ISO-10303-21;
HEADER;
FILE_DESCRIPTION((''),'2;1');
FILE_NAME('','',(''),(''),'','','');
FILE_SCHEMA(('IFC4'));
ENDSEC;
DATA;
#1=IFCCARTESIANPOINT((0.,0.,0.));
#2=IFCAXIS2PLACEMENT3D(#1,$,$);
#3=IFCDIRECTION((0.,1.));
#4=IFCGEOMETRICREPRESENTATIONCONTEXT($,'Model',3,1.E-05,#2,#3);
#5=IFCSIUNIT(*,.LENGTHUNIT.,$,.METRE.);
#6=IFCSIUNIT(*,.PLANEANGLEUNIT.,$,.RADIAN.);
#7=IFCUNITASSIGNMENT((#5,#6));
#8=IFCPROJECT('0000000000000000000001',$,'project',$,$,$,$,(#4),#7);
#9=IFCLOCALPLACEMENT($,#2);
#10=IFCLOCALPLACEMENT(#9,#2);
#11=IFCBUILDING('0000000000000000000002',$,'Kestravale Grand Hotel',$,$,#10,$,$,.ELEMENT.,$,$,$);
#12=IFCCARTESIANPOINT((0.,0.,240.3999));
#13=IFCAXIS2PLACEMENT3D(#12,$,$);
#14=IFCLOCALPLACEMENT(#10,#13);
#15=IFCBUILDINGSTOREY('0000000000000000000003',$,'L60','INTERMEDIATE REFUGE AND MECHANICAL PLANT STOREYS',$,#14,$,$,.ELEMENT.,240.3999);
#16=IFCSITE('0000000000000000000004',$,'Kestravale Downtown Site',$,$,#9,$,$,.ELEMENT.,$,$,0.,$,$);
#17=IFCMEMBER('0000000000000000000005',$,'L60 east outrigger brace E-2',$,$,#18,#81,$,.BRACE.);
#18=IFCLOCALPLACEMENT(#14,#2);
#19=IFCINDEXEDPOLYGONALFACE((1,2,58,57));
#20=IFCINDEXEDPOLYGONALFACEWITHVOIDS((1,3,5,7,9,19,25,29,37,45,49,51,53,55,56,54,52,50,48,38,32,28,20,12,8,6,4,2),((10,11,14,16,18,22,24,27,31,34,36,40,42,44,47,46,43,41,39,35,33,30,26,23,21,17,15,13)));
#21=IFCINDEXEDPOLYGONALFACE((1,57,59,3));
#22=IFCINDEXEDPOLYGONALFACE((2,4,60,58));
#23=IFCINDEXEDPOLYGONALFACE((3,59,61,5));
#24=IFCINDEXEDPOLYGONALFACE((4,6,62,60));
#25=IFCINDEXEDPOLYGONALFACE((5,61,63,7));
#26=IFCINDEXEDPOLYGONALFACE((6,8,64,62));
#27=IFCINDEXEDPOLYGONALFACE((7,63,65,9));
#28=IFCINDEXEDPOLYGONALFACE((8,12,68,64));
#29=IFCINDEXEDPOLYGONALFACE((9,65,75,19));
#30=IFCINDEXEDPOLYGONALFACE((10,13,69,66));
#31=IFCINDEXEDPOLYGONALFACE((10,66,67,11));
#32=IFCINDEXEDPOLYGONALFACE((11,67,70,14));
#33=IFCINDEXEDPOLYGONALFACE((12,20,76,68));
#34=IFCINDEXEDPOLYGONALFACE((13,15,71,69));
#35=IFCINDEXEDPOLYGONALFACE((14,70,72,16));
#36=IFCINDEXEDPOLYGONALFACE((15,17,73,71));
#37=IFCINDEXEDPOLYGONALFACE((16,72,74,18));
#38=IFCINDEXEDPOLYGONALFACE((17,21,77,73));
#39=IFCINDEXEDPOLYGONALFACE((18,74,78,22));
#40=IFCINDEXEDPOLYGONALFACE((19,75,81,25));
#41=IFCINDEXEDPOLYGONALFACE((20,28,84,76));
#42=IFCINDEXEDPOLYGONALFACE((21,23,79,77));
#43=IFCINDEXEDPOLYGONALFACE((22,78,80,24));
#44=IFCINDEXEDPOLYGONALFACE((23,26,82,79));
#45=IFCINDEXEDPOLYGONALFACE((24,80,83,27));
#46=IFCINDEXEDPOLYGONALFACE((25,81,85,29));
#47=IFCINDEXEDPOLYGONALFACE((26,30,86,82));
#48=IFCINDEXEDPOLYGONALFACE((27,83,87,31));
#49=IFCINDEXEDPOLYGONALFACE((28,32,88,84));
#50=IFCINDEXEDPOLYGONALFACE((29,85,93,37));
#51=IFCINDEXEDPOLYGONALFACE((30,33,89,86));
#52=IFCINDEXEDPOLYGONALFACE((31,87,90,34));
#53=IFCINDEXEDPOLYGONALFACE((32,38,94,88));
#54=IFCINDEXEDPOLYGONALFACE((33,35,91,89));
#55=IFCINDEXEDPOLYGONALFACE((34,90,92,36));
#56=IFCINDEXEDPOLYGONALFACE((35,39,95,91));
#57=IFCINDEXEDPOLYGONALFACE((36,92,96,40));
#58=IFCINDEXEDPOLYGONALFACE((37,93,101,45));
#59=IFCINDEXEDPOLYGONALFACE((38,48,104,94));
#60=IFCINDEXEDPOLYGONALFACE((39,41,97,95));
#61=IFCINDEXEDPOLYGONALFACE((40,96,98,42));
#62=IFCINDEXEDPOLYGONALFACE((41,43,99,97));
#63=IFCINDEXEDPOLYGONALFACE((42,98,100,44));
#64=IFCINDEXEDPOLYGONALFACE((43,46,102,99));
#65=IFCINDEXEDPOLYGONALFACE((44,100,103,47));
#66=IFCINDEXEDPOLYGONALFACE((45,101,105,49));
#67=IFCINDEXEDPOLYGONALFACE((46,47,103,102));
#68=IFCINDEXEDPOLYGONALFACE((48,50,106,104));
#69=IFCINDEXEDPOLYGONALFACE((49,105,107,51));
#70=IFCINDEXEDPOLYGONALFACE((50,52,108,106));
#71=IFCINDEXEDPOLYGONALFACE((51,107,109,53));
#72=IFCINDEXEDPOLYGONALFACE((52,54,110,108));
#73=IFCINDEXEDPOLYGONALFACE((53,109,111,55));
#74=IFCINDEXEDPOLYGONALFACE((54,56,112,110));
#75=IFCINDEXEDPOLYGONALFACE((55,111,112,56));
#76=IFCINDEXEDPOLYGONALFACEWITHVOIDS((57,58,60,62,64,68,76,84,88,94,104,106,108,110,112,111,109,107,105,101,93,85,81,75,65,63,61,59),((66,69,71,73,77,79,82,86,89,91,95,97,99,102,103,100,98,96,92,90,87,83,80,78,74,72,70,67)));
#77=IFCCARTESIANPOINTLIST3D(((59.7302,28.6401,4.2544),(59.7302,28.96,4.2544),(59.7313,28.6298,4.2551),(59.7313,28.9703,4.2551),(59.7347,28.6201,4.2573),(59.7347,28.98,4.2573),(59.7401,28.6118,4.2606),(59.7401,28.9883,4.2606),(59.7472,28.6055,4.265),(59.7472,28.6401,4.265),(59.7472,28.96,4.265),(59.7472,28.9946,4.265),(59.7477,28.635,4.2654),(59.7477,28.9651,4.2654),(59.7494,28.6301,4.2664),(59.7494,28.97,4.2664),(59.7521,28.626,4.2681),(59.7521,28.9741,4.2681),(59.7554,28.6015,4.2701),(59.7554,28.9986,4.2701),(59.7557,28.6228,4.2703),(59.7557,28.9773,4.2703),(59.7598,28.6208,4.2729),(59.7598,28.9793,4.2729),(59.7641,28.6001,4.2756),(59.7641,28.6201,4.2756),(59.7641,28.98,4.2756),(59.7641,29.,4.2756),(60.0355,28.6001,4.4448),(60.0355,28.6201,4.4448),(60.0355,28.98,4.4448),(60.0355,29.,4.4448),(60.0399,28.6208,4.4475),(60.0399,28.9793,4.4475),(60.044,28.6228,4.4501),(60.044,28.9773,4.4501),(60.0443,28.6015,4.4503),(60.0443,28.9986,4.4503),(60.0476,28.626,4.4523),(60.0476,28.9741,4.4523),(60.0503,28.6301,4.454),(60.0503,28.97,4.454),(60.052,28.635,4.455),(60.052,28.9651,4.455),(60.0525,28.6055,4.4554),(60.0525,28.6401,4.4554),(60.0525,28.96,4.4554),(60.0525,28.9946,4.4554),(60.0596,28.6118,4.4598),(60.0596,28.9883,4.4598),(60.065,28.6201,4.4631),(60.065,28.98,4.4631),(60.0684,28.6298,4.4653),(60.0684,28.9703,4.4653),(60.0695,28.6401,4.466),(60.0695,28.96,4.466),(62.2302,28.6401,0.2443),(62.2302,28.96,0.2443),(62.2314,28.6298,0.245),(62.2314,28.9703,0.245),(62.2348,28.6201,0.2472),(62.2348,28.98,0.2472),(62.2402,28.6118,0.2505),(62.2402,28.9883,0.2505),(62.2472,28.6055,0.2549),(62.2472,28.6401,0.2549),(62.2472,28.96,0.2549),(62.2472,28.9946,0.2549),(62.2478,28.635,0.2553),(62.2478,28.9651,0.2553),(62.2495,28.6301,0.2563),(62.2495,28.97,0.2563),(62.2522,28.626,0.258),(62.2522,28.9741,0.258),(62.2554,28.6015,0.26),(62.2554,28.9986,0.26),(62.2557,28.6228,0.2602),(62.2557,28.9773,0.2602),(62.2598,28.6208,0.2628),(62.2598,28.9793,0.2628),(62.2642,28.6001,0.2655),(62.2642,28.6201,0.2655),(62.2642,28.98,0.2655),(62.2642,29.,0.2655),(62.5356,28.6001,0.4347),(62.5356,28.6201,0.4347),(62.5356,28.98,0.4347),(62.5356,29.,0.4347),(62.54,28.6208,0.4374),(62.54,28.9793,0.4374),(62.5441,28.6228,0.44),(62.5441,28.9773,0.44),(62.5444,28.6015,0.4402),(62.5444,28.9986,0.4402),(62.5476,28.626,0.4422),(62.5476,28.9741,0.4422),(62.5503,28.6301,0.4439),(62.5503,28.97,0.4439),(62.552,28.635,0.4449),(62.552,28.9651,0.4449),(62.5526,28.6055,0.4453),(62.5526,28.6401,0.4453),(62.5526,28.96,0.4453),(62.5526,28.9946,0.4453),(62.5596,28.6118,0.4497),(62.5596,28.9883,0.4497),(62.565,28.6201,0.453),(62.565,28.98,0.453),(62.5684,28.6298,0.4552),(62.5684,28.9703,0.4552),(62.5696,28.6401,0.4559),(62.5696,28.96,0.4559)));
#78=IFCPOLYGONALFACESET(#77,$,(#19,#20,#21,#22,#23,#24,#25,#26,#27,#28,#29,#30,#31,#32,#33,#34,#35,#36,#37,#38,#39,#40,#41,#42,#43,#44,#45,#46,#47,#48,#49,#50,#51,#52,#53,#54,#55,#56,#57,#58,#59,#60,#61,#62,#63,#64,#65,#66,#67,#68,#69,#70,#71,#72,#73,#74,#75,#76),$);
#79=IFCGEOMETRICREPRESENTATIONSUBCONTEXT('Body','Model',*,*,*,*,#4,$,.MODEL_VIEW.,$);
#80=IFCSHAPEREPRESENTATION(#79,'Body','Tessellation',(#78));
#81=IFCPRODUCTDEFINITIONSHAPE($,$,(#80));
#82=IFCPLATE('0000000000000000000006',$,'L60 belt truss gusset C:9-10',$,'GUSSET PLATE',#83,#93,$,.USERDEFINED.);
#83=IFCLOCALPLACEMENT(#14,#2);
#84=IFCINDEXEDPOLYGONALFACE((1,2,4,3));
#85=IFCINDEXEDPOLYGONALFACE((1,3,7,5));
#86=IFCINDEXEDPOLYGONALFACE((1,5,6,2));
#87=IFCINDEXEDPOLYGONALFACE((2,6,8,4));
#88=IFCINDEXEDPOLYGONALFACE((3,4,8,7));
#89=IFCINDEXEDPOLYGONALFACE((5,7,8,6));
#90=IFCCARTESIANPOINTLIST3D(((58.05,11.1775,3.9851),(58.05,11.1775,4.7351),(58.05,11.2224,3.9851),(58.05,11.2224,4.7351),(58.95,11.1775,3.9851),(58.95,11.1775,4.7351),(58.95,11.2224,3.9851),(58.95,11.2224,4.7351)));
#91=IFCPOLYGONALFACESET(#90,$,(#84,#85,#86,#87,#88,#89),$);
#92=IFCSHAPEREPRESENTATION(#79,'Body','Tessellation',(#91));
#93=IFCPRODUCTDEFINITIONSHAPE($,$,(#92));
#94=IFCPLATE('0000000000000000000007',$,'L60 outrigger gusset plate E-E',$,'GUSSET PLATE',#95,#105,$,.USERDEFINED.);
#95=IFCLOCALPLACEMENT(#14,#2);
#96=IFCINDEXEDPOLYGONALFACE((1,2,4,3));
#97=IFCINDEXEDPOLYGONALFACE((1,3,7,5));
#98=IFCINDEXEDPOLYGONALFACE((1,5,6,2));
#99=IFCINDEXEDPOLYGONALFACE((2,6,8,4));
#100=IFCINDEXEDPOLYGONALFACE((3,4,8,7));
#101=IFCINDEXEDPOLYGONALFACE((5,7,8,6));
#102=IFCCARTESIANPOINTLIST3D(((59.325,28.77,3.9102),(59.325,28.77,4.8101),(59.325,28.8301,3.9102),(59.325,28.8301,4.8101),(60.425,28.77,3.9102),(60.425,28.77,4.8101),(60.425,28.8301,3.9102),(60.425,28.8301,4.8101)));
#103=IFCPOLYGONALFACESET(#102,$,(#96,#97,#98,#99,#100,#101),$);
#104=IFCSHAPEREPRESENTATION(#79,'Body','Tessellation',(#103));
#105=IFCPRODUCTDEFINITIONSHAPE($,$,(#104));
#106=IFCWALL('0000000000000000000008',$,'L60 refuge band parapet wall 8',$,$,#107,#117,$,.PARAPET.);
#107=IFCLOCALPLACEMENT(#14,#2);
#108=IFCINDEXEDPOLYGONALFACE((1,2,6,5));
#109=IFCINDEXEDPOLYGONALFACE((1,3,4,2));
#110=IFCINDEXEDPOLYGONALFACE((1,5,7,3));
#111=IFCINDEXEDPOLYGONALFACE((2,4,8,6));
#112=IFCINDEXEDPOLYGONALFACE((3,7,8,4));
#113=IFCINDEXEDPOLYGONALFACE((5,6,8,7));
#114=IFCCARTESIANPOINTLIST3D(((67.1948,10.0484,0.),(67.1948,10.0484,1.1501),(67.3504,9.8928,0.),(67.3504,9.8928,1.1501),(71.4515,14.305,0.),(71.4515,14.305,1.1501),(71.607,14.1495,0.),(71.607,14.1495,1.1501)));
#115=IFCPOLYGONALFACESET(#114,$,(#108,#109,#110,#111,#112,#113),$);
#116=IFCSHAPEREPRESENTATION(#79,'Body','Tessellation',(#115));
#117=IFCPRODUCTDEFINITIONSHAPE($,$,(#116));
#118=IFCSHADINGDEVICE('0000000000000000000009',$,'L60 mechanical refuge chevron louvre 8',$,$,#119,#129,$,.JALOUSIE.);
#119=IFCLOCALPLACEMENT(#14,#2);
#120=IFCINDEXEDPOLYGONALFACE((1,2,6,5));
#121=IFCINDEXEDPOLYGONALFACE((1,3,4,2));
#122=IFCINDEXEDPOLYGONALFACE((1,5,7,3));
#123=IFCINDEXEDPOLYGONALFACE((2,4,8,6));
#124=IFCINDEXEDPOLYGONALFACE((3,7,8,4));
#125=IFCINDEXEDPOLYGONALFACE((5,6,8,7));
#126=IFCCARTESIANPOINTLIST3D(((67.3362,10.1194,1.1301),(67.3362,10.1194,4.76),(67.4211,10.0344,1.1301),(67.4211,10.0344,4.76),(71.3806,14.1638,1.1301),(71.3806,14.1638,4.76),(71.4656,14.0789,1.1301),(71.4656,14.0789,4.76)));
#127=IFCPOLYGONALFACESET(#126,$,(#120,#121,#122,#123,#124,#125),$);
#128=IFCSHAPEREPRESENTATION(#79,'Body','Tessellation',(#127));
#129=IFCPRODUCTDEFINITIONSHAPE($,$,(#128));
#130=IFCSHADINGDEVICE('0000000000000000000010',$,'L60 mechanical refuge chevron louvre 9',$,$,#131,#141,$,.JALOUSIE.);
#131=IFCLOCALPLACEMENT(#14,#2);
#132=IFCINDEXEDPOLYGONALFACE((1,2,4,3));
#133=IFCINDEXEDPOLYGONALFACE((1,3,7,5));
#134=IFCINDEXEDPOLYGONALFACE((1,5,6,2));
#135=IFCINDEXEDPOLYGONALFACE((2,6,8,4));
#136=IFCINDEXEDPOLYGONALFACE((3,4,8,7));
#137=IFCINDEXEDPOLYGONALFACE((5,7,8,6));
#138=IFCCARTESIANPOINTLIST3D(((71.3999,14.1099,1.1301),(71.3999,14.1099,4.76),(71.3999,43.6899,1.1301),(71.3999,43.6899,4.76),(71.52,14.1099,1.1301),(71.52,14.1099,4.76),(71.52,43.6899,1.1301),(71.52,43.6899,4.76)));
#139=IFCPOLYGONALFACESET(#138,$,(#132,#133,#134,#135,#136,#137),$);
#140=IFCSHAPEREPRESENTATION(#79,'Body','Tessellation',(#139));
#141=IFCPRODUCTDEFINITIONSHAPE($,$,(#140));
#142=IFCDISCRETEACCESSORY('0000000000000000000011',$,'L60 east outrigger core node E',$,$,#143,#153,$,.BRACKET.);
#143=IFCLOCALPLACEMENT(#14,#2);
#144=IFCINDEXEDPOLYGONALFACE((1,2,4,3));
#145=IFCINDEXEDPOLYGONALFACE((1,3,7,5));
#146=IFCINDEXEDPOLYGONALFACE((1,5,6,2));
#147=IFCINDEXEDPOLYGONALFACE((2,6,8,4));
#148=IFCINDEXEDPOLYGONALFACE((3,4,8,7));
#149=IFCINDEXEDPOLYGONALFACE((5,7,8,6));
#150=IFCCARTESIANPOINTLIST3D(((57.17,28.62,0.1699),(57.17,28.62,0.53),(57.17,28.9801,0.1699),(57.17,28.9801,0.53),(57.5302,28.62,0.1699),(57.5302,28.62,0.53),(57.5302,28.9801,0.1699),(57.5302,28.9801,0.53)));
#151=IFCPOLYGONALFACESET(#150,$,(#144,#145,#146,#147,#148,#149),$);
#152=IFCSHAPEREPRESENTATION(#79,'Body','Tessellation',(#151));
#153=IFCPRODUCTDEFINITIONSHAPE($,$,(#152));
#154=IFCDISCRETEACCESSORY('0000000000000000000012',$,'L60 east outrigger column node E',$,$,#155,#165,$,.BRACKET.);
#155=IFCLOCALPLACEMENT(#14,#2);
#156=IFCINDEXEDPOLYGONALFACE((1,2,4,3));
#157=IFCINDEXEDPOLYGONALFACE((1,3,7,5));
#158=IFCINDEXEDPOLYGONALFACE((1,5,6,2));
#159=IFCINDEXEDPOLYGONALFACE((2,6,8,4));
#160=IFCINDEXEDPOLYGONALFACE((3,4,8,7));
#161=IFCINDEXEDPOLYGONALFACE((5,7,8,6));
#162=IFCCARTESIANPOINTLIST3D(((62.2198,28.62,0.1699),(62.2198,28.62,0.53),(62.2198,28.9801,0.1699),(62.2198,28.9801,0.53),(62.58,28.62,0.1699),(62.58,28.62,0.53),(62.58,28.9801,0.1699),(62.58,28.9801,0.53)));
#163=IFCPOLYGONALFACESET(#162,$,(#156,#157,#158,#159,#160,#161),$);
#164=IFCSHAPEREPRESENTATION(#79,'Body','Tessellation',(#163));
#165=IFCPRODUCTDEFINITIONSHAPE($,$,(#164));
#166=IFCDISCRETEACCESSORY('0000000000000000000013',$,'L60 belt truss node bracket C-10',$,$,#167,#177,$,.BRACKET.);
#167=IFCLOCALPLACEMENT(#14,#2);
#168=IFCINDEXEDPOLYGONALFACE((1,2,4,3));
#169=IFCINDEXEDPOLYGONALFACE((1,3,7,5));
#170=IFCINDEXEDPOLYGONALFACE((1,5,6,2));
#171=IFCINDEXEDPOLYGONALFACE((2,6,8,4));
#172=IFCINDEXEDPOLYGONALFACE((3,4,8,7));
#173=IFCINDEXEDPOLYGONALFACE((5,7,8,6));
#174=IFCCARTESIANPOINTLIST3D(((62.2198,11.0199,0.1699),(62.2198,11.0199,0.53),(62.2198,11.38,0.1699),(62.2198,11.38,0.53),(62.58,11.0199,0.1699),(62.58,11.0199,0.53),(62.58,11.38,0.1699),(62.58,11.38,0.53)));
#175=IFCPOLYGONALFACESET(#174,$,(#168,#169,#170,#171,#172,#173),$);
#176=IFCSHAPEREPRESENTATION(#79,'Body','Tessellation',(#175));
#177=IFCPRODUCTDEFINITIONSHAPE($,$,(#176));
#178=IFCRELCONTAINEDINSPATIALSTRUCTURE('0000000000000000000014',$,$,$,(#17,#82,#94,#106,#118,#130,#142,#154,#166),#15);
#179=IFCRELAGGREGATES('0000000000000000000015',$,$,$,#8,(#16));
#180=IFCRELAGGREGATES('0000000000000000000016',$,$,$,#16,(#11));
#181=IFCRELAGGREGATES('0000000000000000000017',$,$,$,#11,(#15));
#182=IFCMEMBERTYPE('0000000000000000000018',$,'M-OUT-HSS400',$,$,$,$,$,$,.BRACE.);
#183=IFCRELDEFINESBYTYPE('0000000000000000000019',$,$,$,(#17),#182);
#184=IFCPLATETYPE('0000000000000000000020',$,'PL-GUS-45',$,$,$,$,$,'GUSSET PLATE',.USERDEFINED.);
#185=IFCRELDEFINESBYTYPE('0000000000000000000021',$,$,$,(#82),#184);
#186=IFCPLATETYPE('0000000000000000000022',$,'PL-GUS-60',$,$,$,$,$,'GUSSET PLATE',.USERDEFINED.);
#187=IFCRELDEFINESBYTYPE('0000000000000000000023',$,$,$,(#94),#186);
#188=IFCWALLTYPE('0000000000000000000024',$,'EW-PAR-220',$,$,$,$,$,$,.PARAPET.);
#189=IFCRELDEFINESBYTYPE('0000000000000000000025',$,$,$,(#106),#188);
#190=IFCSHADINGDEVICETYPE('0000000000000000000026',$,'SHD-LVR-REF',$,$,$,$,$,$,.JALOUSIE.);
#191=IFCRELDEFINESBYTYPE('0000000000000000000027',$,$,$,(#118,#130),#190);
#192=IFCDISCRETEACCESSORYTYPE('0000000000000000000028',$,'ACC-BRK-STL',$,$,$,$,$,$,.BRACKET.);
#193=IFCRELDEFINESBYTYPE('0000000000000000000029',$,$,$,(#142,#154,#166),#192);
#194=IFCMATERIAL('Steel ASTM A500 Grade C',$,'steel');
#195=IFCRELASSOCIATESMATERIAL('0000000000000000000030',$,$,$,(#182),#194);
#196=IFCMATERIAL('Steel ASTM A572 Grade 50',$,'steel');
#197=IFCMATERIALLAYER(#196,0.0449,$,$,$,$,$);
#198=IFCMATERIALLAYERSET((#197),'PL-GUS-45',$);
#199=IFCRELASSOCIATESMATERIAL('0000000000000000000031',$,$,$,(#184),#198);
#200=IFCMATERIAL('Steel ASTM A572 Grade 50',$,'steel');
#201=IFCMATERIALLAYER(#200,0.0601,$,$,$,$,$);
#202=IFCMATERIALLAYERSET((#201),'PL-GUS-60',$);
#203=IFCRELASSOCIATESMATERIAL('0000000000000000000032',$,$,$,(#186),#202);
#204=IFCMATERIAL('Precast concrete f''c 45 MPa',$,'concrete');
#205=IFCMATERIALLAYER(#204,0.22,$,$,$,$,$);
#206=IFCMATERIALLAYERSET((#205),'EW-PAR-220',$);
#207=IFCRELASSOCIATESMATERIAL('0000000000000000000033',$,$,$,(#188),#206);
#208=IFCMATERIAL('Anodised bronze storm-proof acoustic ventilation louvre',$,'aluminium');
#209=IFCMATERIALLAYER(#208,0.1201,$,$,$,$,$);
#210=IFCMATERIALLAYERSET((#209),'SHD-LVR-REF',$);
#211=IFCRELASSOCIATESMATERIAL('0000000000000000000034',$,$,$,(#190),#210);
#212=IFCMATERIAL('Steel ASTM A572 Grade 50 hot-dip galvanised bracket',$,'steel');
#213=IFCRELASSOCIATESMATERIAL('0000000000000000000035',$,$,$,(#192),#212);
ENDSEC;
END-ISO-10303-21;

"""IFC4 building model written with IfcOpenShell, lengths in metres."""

from ifc_helpers import new_model, si_unit, direction, frame, frame_2d, origin, origin_2d, place, context, subcontext, project, spatial, rectangle, hollow_rectangle, extrude, material, layer, layer_set, material_profile, profile_set, type_object, element, save


model = new_model("IFC4")

# Units and contexts
model_context = context("Model", 3, precision=1e-05, world=origin(), true_north=direction((0.0, 1.0)))
body_context = subcontext(model_context, "Body", "Model", "MODEL_VIEW")
ifc_project = project(units=[si_unit("LENGTHUNIT", "METRE"), si_unit("PLANEANGLEUNIT", "RADIAN")], contexts=[model_context])

# Site, building, storey
site_placement = place(None, origin())
site = spatial("IfcSite", under=ifc_project, at=site_placement, Name="Kestravale Downtown Site", CompositionType="ELEMENT", RefElevation=0.0)
building_placement = place(site_placement, origin())
building = spatial("IfcBuilding", under=site, at=building_placement, Name="Kestravale Grand Hotel", CompositionType="ELEMENT")
storey_placement = place(building_placement, frame((0.0, 0.0, 240.3999)))
storey = spatial("IfcBuildingStorey", under=building, at=storey_placement, Name="L60", Description="INTERMEDIATE REFUGE AND MECHANICAL PLANT STOREYS", CompositionType="ELEMENT", Elevation=240.3999)

# Member
ifc_material_1 = material(Name="Steel ASTM A500 Grade C", Category="steel")
ifc_material_profile_1 = material_profile(ifc_material_1, hollow_rectangle(XDim=0.3999, YDim=0.3999, WallThickness=0.02, InnerFilletRadius=0.02, OuterFilletRadius=0.04, at=origin_2d()))
ifc_profile_set_1 = profile_set([ifc_material_profile_1], Name="Steel ASTM A500 Grade C")
member_type_1 = type_object("IfcMemberType", Name="M-OUT-HSS400", PredefinedType="BRACE", material=ifc_profile_set_1)
for number, where, z_axis, x_axis, name in (
    (1, (62.3999, 28.8, 0.3501), (-0.529047, 0.0, 0.848593), (0.0, -1.0, 0.0), "L60 east outrigger brace E-2"),
):
    element("IfcMember", number, at=place(storey_placement, frame(where, z_axis=z_axis, x_axis=x_axis)), inside=storey, type_object=member_type_1, Name=name, PredefinedType="BRACE", context=body_context, shape_type="SweptSolid", body=[
        extrude(hollow_rectangle(XDim=0.3999, YDim=0.3999, WallThickness=0.02, InnerFilletRadius=0.02, OuterFilletRadius=0.04, at=origin_2d()), origin(), (0.0, 0.0, 1.0), 4.7256),
    ])

# Plates
ifc_material_2 = material(Name="Steel ASTM A572 Grade 50", Category="steel")
ifc_layer_1 = layer(ifc_material_2, 0.0449)
ifc_layer_set_1 = layer_set([ifc_layer_1], Name="PL-GUS-45")
plate_type_1 = type_object("IfcPlateType", Name="PL-GUS-45", ElementType="GUSSET PLATE", PredefinedType="USERDEFINED", material=ifc_layer_set_1)
plate_1_placement = place(storey_placement, frame((58.5, 11.2, 3.9851), z_axis=(0.0, 0.0, 1.0), x_axis=(1.0, 0.0, 0.0)))
element("IfcPlate", 2, at=plate_1_placement, inside=storey, type_object=plate_type_1, Name="L60 belt truss gusset C:9-10", ObjectType="GUSSET PLATE", PredefinedType="USERDEFINED", context=body_context, shape_type="SweptSolid", body=[
    extrude(rectangle(XDim=0.8999, YDim=0.0449, at=origin_2d()), origin(), (0.0, 0.0, 1.0), 0.75),
])
ifc_material_3 = material(Name="Steel ASTM A572 Grade 50", Category="steel")
ifc_layer_2 = layer(ifc_material_3, 0.0601)
ifc_layer_set_2 = layer_set([ifc_layer_2], Name="PL-GUS-60")
plate_type_2 = type_object("IfcPlateType", Name="PL-GUS-60", ElementType="GUSSET PLATE", PredefinedType="USERDEFINED", material=ifc_layer_set_2)
plate_2_placement = place(storey_placement, frame((59.875, 28.8, 3.9102), z_axis=(0.0, 0.0, 1.0), x_axis=(1.0, 0.0, 0.0)))
element("IfcPlate", 3, at=plate_2_placement, inside=storey, type_object=plate_type_2, Name="L60 outrigger gusset plate E-E", ObjectType="GUSSET PLATE", PredefinedType="USERDEFINED", context=body_context, shape_type="SweptSolid", body=[
    extrude(rectangle(XDim=1.1001, YDim=0.0601, at=origin_2d()), origin(), (0.0, 0.0, 1.0), 0.8999),
])

# Wall
ifc_material_4 = material(Name="Precast concrete f'c 45 MPa", Category="concrete")
ifc_layer_3 = layer(ifc_material_4, 0.22)
ifc_layer_set_3 = layer_set([ifc_layer_3], Name="EW-PAR-220")
wall_type = type_object("IfcWallType", Name="EW-PAR-220", PredefinedType="PARAPET", material=ifc_layer_set_3)
wall_1_placement = place(storey_placement, frame((67.2727, 9.9707, 0.0), z_axis=(0.0, 0.0, 1.0), x_axis=(0.707107, 0.707107, 0.0)))
element("IfcWall", 4, at=wall_1_placement, inside=storey, type_object=wall_type, Name="L60 refuge band parapet wall 8", PredefinedType="PARAPET", context=body_context, shape_type="SweptSolid", body=[
    extrude(rectangle(XDim=6.0198, YDim=0.22, at=frame_2d((3.0098, 0.0))), origin(), (0.0, 0.0, 1.0), 1.1501),
])

# Shading devices
ifc_material_5 = material(Name="Anodised bronze storm-proof acoustic ventilation louvre", Category="aluminium")
ifc_layer_4 = layer(ifc_material_5, 0.1201)
ifc_layer_set_4 = layer_set([ifc_layer_4], Name="SHD-LVR-REF")
shading_device_type = type_object("IfcShadingDeviceType", Name="SHD-LVR-REF", PredefinedType="JALOUSIE", material=ifc_layer_set_4)
shading_device_1_placement = place(storey_placement, frame((69.4009, 12.0991, 1.1301), z_axis=(0.0, 0.0, 1.0), x_axis=(0.707107, 0.707107, 0.0)))
element("IfcShadingDevice", 5, at=shading_device_1_placement, inside=storey, type_object=shading_device_type, Name="L60 mechanical refuge chevron louvre 8", PredefinedType="JALOUSIE", context=body_context, shape_type="SweptSolid", body=[
    extrude(rectangle(XDim=5.7197, YDim=0.1201, at=origin_2d()), origin(), (0.0, 0.0, 1.0), 3.6299),
])
shading_device_2_placement = place(storey_placement, frame((71.46, 28.8999, 1.1301), z_axis=(0.0, 0.0, 1.0), x_axis=(0.0, 1.0, 0.0)))
element("IfcShadingDevice", 6, at=shading_device_2_placement, inside=storey, type_object=shading_device_type, Name="L60 mechanical refuge chevron louvre 9", PredefinedType="JALOUSIE", context=body_context, shape_type="SweptSolid", body=[
    extrude(rectangle(XDim=29.5801, YDim=0.1201, at=origin_2d()), origin(), (0.0, 0.0, 1.0), 3.6299),
])

# Discrete accessories
ifc_material_6 = material(Name="Steel ASTM A572 Grade 50 hot-dip galvanised bracket", Category="steel")
discrete_accessory_type = type_object("IfcDiscreteAccessoryType", Name="ACC-BRK-STL", PredefinedType="BRACKET", material=ifc_material_6)
for number, where, z_axis, x_axis, name in (
    (7, (57.3501, 28.8, 0.1699), (0.0, 0.0, 1.0), (1.0, 0.0, 0.0), "L60 east outrigger core node E"),
    (8, (62.3999, 28.8, 0.1699), (0.0, 0.0, 1.0), (1.0, 0.0, 0.0), "L60 east outrigger column node E"),
    (9, (62.3999, 11.2, 0.1699), (0.0, 0.0, 1.0), (1.0, 0.0, 0.0), "L60 belt truss node bracket C-10"),
):
    element("IfcDiscreteAccessory", number, at=place(storey_placement, frame(where, z_axis=z_axis, x_axis=x_axis)), inside=storey, type_object=discrete_accessory_type, Name=name, PredefinedType="BRACKET", context=body_context, shape_type="SweptSolid", body=[
        extrude(rectangle(XDim=0.3601, YDim=0.3601, at=origin_2d()), origin(), (0.0, 0.0, 1.0), 0.3601),
    ])

save(model, "model.ifc")
